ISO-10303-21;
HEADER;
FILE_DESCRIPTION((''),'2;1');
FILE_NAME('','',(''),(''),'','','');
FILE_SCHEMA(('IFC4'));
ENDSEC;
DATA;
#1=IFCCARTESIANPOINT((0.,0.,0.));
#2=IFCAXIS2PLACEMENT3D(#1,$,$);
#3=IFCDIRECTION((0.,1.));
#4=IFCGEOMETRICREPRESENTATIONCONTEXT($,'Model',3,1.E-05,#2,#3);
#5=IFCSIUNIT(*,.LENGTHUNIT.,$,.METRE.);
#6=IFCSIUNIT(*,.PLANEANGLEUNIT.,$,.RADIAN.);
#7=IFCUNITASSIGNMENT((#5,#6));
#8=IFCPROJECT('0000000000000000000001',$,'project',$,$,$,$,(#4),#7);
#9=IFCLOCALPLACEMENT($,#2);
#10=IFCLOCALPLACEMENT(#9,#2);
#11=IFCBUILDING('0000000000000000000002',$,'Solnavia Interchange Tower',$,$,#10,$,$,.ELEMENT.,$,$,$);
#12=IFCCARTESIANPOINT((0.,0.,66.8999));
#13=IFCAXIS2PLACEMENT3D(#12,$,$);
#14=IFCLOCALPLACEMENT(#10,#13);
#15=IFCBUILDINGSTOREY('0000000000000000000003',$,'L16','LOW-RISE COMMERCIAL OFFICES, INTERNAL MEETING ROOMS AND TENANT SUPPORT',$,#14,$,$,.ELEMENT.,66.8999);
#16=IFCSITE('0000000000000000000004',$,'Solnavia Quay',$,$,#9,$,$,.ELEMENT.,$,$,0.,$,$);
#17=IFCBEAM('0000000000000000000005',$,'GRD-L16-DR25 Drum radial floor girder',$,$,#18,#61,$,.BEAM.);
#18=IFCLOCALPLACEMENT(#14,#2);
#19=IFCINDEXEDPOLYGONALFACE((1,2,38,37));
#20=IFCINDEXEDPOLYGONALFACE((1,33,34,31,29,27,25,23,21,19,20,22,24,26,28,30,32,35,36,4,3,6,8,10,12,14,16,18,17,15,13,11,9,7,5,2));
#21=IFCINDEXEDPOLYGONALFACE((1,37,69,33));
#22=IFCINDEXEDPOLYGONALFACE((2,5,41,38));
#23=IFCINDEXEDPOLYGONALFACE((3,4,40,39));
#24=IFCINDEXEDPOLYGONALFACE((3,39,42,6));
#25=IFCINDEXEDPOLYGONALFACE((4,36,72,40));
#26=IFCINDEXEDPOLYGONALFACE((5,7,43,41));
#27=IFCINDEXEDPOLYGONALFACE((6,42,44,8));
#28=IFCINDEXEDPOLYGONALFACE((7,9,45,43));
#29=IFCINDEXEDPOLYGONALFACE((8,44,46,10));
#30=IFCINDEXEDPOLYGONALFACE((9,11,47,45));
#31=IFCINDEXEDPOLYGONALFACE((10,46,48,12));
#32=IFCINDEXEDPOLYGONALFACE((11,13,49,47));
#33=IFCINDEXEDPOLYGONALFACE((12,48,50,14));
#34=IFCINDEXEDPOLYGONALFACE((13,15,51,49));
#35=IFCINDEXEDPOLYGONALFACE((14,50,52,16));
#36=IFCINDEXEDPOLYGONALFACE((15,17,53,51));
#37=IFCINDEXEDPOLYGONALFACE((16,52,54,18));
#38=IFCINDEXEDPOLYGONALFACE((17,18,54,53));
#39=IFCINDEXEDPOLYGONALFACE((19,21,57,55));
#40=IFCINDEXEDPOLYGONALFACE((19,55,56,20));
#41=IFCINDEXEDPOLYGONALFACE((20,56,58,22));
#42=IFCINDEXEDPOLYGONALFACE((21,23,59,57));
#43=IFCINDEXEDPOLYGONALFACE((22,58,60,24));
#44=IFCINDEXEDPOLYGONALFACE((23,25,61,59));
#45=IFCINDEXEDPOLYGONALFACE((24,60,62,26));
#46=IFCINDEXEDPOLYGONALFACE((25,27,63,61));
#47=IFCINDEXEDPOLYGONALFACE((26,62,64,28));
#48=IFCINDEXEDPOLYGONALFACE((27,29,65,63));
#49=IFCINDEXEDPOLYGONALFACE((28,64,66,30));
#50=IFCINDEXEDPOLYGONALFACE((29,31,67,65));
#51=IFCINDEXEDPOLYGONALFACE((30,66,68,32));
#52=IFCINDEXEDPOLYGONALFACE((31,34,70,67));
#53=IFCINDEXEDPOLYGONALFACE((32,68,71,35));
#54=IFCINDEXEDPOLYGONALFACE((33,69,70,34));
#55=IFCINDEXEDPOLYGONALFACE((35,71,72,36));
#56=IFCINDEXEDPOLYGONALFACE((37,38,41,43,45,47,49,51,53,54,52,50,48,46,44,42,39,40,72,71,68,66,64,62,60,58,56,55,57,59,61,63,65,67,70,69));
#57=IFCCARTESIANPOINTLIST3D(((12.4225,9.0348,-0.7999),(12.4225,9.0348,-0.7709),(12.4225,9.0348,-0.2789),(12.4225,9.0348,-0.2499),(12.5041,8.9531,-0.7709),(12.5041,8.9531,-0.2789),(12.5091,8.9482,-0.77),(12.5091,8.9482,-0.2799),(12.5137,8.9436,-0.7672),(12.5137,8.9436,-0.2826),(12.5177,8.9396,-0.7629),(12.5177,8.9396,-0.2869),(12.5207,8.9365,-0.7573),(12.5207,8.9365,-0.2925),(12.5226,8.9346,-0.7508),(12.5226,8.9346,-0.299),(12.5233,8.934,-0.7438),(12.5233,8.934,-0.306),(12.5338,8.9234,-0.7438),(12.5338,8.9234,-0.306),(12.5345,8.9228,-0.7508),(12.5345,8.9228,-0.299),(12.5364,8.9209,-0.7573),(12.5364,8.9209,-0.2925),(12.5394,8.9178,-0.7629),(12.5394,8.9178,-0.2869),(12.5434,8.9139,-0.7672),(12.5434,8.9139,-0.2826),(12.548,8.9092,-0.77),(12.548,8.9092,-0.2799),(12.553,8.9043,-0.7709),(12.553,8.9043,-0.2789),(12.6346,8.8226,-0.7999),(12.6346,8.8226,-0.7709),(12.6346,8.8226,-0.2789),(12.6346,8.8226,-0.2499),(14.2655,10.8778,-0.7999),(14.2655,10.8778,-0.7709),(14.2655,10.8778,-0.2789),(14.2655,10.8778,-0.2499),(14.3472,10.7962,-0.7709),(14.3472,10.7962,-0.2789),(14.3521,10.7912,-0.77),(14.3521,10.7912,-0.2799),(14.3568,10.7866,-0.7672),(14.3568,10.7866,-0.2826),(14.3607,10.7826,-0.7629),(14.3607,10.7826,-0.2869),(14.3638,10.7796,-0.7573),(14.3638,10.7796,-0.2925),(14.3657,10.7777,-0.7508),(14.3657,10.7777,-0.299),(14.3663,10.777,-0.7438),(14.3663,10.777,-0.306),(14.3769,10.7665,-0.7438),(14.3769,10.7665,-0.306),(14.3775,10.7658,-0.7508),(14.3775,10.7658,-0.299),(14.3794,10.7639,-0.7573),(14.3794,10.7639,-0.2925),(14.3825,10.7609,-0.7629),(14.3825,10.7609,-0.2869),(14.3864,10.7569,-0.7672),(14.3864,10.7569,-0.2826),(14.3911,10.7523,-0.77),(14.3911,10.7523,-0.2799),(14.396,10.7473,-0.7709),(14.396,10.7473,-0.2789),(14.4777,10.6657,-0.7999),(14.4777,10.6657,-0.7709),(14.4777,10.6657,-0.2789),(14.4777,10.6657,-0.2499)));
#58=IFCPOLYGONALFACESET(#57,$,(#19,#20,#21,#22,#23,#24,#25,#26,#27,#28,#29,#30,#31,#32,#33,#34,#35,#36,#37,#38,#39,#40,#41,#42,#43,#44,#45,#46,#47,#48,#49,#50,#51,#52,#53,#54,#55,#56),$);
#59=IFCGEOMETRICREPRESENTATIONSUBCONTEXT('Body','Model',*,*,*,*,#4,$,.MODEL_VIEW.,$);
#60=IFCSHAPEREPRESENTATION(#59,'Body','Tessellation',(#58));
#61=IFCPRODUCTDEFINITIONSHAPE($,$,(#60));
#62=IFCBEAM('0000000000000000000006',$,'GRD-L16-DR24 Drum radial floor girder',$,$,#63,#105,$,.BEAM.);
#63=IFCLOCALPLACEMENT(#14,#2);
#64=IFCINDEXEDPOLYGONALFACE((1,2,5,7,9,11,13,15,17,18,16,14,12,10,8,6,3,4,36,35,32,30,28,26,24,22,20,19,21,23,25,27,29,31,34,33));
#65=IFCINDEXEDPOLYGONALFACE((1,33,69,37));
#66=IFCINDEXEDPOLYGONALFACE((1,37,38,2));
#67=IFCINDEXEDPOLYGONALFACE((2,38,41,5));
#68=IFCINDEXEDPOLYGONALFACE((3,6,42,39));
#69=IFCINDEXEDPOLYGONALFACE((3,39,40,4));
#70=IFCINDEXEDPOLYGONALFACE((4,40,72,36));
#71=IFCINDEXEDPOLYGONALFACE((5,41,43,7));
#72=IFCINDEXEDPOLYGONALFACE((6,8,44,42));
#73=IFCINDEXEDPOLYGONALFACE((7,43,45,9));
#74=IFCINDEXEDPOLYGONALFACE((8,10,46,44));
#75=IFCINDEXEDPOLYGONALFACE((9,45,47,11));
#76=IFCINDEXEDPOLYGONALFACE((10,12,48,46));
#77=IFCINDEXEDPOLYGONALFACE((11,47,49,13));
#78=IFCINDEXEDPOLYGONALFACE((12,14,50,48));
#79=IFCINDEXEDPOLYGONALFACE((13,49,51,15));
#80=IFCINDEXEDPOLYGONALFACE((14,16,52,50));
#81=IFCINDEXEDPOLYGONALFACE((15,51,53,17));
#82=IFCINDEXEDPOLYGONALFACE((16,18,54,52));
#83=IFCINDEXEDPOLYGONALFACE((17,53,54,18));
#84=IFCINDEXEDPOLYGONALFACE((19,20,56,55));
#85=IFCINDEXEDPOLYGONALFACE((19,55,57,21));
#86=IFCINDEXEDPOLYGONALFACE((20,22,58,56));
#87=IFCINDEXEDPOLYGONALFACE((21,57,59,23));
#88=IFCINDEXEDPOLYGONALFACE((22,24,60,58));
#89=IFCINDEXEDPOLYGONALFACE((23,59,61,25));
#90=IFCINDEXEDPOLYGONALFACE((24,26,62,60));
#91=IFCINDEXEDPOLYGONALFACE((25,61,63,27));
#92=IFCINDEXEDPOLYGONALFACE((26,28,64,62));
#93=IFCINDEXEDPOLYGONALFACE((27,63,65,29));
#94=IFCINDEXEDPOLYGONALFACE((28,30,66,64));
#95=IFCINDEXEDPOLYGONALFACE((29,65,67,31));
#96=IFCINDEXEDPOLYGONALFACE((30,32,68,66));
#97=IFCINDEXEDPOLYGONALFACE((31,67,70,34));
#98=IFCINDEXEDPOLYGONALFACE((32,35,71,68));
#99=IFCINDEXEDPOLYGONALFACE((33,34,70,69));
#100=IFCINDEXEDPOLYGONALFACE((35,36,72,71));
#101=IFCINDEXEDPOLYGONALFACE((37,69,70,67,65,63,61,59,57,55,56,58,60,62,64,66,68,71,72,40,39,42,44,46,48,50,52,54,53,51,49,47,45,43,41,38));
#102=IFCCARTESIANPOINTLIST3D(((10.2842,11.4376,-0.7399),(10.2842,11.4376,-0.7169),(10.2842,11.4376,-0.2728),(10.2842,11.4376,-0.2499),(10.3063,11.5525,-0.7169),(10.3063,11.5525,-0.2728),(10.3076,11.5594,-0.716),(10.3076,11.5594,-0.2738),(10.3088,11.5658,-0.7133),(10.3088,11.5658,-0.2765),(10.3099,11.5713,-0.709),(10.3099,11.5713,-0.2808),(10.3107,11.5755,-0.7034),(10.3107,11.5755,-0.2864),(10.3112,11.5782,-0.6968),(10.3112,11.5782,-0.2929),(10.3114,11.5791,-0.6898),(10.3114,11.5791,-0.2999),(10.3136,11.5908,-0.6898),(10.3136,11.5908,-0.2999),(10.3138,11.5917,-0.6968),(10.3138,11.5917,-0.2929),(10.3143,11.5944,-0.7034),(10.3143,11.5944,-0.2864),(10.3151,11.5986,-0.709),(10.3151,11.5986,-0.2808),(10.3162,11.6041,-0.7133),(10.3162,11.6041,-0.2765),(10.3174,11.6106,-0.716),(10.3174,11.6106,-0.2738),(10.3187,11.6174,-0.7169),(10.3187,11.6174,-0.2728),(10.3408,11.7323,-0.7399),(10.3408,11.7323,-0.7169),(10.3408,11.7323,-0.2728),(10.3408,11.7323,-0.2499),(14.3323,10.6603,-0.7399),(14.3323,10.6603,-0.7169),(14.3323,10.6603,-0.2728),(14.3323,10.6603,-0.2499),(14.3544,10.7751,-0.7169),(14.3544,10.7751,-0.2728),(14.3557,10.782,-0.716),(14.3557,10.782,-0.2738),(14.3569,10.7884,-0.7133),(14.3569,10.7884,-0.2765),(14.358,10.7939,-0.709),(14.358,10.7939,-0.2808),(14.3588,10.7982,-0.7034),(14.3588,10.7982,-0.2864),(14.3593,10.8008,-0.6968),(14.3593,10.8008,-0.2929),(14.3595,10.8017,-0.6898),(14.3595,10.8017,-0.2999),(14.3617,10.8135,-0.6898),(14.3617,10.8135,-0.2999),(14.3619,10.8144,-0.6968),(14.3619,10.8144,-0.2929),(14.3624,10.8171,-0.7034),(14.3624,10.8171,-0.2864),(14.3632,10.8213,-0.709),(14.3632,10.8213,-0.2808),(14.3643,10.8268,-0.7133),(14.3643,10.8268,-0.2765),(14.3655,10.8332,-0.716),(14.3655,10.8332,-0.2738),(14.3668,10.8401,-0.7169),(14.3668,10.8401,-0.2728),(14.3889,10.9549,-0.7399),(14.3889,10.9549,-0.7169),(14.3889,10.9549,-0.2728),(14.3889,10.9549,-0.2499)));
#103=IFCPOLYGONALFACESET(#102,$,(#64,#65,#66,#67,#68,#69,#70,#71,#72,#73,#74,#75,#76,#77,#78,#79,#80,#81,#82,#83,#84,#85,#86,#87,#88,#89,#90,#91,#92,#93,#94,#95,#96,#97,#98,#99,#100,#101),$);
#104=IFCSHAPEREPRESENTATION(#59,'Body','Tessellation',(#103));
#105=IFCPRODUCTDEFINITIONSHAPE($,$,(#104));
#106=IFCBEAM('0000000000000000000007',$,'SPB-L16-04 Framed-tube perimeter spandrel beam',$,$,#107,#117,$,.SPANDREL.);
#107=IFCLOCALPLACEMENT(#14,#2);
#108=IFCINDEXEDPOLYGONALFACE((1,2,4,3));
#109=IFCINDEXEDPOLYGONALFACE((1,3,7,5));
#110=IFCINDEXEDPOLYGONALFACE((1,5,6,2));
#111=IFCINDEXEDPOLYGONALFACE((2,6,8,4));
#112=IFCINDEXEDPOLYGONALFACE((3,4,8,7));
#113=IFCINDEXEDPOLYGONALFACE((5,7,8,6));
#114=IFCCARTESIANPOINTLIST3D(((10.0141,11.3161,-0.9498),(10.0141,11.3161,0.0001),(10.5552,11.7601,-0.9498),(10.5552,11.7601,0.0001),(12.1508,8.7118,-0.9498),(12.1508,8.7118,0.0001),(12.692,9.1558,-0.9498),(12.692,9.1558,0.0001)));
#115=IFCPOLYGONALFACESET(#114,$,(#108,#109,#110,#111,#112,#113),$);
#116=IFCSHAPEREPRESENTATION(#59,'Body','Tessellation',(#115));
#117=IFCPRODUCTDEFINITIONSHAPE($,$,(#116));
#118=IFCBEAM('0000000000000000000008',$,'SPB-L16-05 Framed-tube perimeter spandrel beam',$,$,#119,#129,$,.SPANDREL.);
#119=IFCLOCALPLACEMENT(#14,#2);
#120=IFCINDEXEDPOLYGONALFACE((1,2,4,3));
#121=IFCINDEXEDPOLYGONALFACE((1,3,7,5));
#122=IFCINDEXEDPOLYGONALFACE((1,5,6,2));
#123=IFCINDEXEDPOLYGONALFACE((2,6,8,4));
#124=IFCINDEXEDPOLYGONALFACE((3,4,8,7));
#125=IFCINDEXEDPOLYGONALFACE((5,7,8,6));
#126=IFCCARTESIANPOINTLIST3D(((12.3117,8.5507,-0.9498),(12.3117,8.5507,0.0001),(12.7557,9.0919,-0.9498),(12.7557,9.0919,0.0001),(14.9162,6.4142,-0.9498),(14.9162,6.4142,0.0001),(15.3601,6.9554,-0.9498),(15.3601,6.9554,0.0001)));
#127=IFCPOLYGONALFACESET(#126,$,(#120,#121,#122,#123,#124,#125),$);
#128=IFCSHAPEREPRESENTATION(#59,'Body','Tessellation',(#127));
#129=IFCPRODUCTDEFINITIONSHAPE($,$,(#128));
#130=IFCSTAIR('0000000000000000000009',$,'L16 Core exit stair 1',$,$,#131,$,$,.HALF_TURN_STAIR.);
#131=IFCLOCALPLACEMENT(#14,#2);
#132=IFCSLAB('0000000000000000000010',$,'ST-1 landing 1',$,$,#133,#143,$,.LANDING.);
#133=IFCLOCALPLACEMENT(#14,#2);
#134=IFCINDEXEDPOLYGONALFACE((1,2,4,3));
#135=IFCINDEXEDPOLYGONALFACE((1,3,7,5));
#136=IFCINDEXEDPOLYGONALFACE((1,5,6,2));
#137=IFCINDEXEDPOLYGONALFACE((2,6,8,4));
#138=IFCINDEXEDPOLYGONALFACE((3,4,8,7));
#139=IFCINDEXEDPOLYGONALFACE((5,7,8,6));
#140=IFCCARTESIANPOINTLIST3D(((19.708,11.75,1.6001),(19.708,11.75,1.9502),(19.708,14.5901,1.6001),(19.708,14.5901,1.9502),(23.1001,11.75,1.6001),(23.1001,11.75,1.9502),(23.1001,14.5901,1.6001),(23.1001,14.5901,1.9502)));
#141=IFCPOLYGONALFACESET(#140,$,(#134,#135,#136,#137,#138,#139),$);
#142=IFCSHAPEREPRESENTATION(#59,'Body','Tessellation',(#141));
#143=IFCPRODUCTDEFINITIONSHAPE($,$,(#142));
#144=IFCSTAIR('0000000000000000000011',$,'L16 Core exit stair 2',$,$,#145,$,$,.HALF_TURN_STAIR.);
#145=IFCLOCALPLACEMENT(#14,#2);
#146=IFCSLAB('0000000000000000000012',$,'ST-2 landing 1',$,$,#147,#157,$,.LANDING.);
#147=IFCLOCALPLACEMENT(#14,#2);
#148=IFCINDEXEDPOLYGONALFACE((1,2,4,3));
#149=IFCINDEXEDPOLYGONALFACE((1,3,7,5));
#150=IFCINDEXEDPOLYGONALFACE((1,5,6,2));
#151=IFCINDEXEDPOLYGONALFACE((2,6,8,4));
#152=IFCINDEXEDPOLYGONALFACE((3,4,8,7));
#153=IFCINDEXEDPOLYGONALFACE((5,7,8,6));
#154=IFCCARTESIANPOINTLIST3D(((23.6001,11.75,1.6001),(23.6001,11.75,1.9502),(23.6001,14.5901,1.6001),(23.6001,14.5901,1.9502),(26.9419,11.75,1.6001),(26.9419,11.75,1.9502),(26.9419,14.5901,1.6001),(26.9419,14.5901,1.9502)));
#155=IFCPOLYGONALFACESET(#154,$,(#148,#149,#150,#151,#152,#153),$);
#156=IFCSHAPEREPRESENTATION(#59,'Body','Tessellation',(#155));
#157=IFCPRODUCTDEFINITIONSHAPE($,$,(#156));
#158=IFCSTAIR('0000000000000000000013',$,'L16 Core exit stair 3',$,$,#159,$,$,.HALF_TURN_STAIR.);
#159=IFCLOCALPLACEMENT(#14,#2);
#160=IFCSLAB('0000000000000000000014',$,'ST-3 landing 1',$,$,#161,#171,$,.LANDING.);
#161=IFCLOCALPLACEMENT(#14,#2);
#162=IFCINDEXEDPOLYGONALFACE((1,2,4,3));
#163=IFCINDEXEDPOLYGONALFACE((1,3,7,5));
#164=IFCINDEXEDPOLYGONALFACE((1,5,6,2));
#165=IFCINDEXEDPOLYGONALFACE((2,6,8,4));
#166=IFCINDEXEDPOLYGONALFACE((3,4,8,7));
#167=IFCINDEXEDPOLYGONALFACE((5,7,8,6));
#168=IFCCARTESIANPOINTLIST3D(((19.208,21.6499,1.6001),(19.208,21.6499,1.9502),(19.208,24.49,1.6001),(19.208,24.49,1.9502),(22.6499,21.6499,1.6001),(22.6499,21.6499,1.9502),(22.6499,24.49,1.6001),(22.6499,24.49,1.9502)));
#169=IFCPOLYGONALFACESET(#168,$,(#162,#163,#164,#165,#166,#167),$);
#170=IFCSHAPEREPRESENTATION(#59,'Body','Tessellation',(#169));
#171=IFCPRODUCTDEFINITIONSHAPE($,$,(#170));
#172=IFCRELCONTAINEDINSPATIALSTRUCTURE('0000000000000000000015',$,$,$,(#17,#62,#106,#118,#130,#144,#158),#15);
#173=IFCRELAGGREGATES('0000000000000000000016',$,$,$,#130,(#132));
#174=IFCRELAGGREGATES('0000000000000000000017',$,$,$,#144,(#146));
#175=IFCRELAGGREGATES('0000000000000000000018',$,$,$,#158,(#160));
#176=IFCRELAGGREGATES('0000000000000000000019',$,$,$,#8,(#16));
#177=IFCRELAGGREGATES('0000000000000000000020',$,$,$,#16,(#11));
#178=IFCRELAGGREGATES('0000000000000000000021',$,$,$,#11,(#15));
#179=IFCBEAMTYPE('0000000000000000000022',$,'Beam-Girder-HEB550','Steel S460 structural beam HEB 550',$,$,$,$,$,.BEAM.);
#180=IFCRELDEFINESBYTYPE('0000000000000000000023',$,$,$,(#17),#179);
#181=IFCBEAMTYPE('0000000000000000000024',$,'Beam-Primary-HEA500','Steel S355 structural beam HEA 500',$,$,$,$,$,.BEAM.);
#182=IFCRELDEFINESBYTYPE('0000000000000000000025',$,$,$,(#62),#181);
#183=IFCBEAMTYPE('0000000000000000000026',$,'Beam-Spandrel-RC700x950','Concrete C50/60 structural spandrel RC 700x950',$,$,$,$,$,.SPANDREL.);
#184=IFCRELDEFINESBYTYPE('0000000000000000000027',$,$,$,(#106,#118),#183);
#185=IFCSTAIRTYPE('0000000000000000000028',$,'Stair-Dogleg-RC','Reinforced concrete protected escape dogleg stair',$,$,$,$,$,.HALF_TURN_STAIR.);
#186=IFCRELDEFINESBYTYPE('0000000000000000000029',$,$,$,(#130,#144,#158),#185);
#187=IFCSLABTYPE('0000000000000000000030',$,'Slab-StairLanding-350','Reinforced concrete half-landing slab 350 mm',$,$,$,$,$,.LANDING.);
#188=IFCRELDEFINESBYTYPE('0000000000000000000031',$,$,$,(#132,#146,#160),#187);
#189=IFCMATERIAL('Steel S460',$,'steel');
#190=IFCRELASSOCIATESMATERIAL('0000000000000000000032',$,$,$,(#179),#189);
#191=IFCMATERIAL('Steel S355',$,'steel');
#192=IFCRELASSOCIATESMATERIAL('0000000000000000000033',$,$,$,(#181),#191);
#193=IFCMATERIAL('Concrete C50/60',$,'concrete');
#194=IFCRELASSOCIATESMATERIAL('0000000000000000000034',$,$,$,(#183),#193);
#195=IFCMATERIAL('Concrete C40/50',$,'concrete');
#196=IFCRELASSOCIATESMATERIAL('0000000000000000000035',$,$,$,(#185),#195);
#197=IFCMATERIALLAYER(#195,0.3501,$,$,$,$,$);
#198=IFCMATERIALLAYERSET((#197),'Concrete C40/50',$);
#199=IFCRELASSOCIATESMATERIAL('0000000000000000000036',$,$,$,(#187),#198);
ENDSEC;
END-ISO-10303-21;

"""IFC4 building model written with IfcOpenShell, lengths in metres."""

from ifc_helpers import new_model, si_unit, direction, frame, origin, origin_2d, place, context, subcontext, project, spatial, polyline, rectangle, i_section, outline, extrude, material, layer, layer_set, material_profile, profile_set, type_object, element, aggregate, save


model = new_model("IFC4")

# Units and contexts
model_context = context("Model", 3, precision=1e-05, world=origin(), true_north=direction((0.0, 1.0)))
body_context = subcontext(model_context, "Body", "Model", "MODEL_VIEW")
ifc_project = project(units=[si_unit("LENGTHUNIT", "METRE"), si_unit("PLANEANGLEUNIT", "RADIAN")], contexts=[model_context])

# Site, building, storey
site_placement = place(None, origin())
site = spatial("IfcSite", under=ifc_project, at=site_placement, Name="Solnavia Quay", CompositionType="ELEMENT", RefElevation=0.0)
building_placement = place(site_placement, origin())
building = spatial("IfcBuilding", under=site, at=building_placement, Name="Solnavia Interchange Tower", CompositionType="ELEMENT")
storey_placement = place(building_placement, frame((0.0, 0.0, 66.8999)))
storey = spatial("IfcBuildingStorey", under=building, at=storey_placement, Name="L16", Description="LOW-RISE COMMERCIAL OFFICES, INTERNAL MEETING ROOMS AND TENANT SUPPORT", CompositionType="ELEMENT", Elevation=66.8999)

# Shared definitions
ifc_material_1 = material(Name="Steel S355", Category="steel")

# Beams
ifc_material_2 = material(Name="Steel S460", Category="steel")
ifc_material_profile_1 = material_profile(ifc_material_2, i_section(OverallWidth=0.3, OverallDepth=0.55, WebThickness=0.0149, FlangeThickness=0.0291, FilletRadius=0.0271, at=origin_2d()), Name="HEB 550")
ifc_profile_set_1 = profile_set([ifc_material_profile_1], Name="Steel S460")
beam_type_1 = type_object("IfcBeamType", Name="Beam-Girder-HEB550", Description="Steel S460 structural beam HEB 550", PredefinedType="BEAM", material=ifc_profile_set_1)
beam_1_placement = place(storey_placement, frame((12.5286, 8.9287, -0.5249), z_axis=(0.707107, 0.707107, 0.0), x_axis=(-0.707107, 0.707107, 0.0)))
element("IfcBeam", 1, at=beam_1_placement, inside=storey, type_object=beam_type_1, Name="GRD-L16-DR25 Drum radial floor girder", PredefinedType="BEAM", context=body_context, shape_type="SweptSolid", body=[
    extrude(i_section(OverallWidth=0.3, OverallDepth=0.55, WebThickness=0.0149, FlangeThickness=0.0291, FilletRadius=0.0271, at=origin_2d()), origin(), (0.0, 0.0, 1.0), 2.6064),
])
ifc_material_profile_2 = material_profile(ifc_material_1, i_section(OverallWidth=0.3, OverallDepth=0.49, WebThickness=0.012, FlangeThickness=0.0229, FilletRadius=0.0271, at=origin_2d()), Name="HEA 500")
ifc_profile_set_2 = profile_set([ifc_material_profile_2], Name="Steel S355")
beam_type_2 = type_object("IfcBeamType", Name="Beam-Primary-HEA500", Description="Steel S355 structural beam HEA 500", PredefinedType="BEAM", material=ifc_profile_set_2)
beam_2_placement = place(storey_placement, frame((10.3125, 11.585, -0.4949), z_axis=(0.982058, -0.188582, 0.0), x_axis=(0.188582, 0.982058, 0.0)))
element("IfcBeam", 2, at=beam_2_placement, inside=storey, type_object=beam_type_2, Name="GRD-L16-DR24 Drum radial floor girder", PredefinedType="BEAM", context=body_context, shape_type="SweptSolid", body=[
    extrude(i_section(OverallWidth=0.3, OverallDepth=0.49, WebThickness=0.012, FlangeThickness=0.0229, FilletRadius=0.0271, at=origin_2d()), origin(), (0.0, 0.0, 1.0), 4.1221),
])
ifc_material_3 = material(Name="Concrete C50/60", Category="concrete")
ifc_material_profile_3 = material_profile(ifc_material_3, rectangle(XDim=0.7, YDim=0.95, at=origin_2d()), Name="RC 700x950")
ifc_profile_set_3 = profile_set([ifc_material_profile_3], Name="Concrete C50/60")
beam_type_3 = type_object("IfcBeamType", Name="Beam-Spandrel-RC700x950", Description="Concrete C50/60 structural spandrel RC 700x950", PredefinedType="SPANDREL", material=ifc_profile_set_3)
for number, where, z_axis, x_axis, name in (
    (3, (10.2847, 11.5381, -0.4749), (0.634299, -0.773088, 0.0), (0.773088, 0.634299, 0.0), "SPB-L16-04 Framed-tube perimeter spandrel beam"),
    (4, (12.5337, 8.8213, -0.4749), (0.773153, -0.63422, 0.0), (0.63422, 0.773153, 0.0), "SPB-L16-05 Framed-tube perimeter spandrel beam"),
):
    element("IfcBeam", number, at=place(storey_placement, frame(where, z_axis=z_axis, x_axis=x_axis)), inside=storey, type_object=beam_type_3, Name=name, PredefinedType="SPANDREL", context=body_context, shape_type="SweptSolid", body=[
        extrude(rectangle(XDim=0.7, YDim=0.95, at=origin_2d()), origin(), (0.0, 0.0, 1.0), 3.3687),
    ])

# Stairs, slabs
ifc_material_4 = material(Name="Concrete C40/50", Category="concrete")
stair_type = type_object("IfcStairType", Name="Stair-Dogleg-RC", Description="Reinforced concrete protected escape dogleg stair", PredefinedType="HALF_TURN_STAIR", material=ifc_material_4)
stair_1_placement = place(storey_placement, origin())
stair_1 = element("IfcStair", 5, at=stair_1_placement, inside=storey, type_object=stair_type, Name="L16 Core exit stair 1", PredefinedType="HALF_TURN_STAIR")
ifc_layer_1 = layer(ifc_material_4, 0.3501)
ifc_layer_set_1 = layer_set([ifc_layer_1], Name="Concrete C40/50")
slab_type_1 = type_object("IfcSlabType", Name="Slab-StairLanding-350", Description="Reinforced concrete half-landing slab 350 mm", PredefinedType="LANDING", material=ifc_layer_set_1)
slab_1_placement = place(storey_placement, frame((0.0, 0.0, 1.6001)))
slab_1 = element("IfcSlab", 6, at=slab_1_placement, type_object=slab_type_1, Name="ST-1 landing 1", PredefinedType="LANDING", context=body_context, shape_type="SweptSolid", body=[
    extrude(outline(polyline([(19.708, 11.75), (23.1001, 11.75), (23.1001, 14.5901), (19.708, 14.5901), (19.708, 11.75)])), origin(), (0.0, 0.0, 1.0), 0.3501),
])
aggregate(stair_1, [slab_1])
stair_2_placement = place(storey_placement, origin())
stair_2 = element("IfcStair", 7, at=stair_2_placement, inside=storey, type_object=stair_type, Name="L16 Core exit stair 2", PredefinedType="HALF_TURN_STAIR")
slab_2_placement = place(storey_placement, frame((0.0, 0.0, 1.6001)))
slab_2 = element("IfcSlab", 8, at=slab_2_placement, type_object=slab_type_1, Name="ST-2 landing 1", PredefinedType="LANDING", context=body_context, shape_type="SweptSolid", body=[
    extrude(outline(polyline([(23.6001, 11.75), (26.9419, 11.75), (26.9419, 14.5901), (23.6001, 14.5901), (23.6001, 11.75)])), origin(), (0.0, 0.0, 1.0), 0.3501),
])
aggregate(stair_2, [slab_2])
stair_3_placement = place(storey_placement, origin())
stair_3 = element("IfcStair", 9, at=stair_3_placement, inside=storey, type_object=stair_type, Name="L16 Core exit stair 3", PredefinedType="HALF_TURN_STAIR")
slab_3_placement = place(storey_placement, frame((0.0, 0.0, 1.6001)))
slab_3 = element("IfcSlab", 10, at=slab_3_placement, type_object=slab_type_1, Name="ST-3 landing 1", PredefinedType="LANDING", context=body_context, shape_type="SweptSolid", body=[
    extrude(outline(polyline([(19.208, 21.6499), (22.6499, 21.6499), (22.6499, 24.49), (19.208, 24.49), (19.208, 21.6499)])), origin(), (0.0, 0.0, 1.0), 0.3501),
])
aggregate(stair_3, [slab_3])

save(model, "model.ifc")
